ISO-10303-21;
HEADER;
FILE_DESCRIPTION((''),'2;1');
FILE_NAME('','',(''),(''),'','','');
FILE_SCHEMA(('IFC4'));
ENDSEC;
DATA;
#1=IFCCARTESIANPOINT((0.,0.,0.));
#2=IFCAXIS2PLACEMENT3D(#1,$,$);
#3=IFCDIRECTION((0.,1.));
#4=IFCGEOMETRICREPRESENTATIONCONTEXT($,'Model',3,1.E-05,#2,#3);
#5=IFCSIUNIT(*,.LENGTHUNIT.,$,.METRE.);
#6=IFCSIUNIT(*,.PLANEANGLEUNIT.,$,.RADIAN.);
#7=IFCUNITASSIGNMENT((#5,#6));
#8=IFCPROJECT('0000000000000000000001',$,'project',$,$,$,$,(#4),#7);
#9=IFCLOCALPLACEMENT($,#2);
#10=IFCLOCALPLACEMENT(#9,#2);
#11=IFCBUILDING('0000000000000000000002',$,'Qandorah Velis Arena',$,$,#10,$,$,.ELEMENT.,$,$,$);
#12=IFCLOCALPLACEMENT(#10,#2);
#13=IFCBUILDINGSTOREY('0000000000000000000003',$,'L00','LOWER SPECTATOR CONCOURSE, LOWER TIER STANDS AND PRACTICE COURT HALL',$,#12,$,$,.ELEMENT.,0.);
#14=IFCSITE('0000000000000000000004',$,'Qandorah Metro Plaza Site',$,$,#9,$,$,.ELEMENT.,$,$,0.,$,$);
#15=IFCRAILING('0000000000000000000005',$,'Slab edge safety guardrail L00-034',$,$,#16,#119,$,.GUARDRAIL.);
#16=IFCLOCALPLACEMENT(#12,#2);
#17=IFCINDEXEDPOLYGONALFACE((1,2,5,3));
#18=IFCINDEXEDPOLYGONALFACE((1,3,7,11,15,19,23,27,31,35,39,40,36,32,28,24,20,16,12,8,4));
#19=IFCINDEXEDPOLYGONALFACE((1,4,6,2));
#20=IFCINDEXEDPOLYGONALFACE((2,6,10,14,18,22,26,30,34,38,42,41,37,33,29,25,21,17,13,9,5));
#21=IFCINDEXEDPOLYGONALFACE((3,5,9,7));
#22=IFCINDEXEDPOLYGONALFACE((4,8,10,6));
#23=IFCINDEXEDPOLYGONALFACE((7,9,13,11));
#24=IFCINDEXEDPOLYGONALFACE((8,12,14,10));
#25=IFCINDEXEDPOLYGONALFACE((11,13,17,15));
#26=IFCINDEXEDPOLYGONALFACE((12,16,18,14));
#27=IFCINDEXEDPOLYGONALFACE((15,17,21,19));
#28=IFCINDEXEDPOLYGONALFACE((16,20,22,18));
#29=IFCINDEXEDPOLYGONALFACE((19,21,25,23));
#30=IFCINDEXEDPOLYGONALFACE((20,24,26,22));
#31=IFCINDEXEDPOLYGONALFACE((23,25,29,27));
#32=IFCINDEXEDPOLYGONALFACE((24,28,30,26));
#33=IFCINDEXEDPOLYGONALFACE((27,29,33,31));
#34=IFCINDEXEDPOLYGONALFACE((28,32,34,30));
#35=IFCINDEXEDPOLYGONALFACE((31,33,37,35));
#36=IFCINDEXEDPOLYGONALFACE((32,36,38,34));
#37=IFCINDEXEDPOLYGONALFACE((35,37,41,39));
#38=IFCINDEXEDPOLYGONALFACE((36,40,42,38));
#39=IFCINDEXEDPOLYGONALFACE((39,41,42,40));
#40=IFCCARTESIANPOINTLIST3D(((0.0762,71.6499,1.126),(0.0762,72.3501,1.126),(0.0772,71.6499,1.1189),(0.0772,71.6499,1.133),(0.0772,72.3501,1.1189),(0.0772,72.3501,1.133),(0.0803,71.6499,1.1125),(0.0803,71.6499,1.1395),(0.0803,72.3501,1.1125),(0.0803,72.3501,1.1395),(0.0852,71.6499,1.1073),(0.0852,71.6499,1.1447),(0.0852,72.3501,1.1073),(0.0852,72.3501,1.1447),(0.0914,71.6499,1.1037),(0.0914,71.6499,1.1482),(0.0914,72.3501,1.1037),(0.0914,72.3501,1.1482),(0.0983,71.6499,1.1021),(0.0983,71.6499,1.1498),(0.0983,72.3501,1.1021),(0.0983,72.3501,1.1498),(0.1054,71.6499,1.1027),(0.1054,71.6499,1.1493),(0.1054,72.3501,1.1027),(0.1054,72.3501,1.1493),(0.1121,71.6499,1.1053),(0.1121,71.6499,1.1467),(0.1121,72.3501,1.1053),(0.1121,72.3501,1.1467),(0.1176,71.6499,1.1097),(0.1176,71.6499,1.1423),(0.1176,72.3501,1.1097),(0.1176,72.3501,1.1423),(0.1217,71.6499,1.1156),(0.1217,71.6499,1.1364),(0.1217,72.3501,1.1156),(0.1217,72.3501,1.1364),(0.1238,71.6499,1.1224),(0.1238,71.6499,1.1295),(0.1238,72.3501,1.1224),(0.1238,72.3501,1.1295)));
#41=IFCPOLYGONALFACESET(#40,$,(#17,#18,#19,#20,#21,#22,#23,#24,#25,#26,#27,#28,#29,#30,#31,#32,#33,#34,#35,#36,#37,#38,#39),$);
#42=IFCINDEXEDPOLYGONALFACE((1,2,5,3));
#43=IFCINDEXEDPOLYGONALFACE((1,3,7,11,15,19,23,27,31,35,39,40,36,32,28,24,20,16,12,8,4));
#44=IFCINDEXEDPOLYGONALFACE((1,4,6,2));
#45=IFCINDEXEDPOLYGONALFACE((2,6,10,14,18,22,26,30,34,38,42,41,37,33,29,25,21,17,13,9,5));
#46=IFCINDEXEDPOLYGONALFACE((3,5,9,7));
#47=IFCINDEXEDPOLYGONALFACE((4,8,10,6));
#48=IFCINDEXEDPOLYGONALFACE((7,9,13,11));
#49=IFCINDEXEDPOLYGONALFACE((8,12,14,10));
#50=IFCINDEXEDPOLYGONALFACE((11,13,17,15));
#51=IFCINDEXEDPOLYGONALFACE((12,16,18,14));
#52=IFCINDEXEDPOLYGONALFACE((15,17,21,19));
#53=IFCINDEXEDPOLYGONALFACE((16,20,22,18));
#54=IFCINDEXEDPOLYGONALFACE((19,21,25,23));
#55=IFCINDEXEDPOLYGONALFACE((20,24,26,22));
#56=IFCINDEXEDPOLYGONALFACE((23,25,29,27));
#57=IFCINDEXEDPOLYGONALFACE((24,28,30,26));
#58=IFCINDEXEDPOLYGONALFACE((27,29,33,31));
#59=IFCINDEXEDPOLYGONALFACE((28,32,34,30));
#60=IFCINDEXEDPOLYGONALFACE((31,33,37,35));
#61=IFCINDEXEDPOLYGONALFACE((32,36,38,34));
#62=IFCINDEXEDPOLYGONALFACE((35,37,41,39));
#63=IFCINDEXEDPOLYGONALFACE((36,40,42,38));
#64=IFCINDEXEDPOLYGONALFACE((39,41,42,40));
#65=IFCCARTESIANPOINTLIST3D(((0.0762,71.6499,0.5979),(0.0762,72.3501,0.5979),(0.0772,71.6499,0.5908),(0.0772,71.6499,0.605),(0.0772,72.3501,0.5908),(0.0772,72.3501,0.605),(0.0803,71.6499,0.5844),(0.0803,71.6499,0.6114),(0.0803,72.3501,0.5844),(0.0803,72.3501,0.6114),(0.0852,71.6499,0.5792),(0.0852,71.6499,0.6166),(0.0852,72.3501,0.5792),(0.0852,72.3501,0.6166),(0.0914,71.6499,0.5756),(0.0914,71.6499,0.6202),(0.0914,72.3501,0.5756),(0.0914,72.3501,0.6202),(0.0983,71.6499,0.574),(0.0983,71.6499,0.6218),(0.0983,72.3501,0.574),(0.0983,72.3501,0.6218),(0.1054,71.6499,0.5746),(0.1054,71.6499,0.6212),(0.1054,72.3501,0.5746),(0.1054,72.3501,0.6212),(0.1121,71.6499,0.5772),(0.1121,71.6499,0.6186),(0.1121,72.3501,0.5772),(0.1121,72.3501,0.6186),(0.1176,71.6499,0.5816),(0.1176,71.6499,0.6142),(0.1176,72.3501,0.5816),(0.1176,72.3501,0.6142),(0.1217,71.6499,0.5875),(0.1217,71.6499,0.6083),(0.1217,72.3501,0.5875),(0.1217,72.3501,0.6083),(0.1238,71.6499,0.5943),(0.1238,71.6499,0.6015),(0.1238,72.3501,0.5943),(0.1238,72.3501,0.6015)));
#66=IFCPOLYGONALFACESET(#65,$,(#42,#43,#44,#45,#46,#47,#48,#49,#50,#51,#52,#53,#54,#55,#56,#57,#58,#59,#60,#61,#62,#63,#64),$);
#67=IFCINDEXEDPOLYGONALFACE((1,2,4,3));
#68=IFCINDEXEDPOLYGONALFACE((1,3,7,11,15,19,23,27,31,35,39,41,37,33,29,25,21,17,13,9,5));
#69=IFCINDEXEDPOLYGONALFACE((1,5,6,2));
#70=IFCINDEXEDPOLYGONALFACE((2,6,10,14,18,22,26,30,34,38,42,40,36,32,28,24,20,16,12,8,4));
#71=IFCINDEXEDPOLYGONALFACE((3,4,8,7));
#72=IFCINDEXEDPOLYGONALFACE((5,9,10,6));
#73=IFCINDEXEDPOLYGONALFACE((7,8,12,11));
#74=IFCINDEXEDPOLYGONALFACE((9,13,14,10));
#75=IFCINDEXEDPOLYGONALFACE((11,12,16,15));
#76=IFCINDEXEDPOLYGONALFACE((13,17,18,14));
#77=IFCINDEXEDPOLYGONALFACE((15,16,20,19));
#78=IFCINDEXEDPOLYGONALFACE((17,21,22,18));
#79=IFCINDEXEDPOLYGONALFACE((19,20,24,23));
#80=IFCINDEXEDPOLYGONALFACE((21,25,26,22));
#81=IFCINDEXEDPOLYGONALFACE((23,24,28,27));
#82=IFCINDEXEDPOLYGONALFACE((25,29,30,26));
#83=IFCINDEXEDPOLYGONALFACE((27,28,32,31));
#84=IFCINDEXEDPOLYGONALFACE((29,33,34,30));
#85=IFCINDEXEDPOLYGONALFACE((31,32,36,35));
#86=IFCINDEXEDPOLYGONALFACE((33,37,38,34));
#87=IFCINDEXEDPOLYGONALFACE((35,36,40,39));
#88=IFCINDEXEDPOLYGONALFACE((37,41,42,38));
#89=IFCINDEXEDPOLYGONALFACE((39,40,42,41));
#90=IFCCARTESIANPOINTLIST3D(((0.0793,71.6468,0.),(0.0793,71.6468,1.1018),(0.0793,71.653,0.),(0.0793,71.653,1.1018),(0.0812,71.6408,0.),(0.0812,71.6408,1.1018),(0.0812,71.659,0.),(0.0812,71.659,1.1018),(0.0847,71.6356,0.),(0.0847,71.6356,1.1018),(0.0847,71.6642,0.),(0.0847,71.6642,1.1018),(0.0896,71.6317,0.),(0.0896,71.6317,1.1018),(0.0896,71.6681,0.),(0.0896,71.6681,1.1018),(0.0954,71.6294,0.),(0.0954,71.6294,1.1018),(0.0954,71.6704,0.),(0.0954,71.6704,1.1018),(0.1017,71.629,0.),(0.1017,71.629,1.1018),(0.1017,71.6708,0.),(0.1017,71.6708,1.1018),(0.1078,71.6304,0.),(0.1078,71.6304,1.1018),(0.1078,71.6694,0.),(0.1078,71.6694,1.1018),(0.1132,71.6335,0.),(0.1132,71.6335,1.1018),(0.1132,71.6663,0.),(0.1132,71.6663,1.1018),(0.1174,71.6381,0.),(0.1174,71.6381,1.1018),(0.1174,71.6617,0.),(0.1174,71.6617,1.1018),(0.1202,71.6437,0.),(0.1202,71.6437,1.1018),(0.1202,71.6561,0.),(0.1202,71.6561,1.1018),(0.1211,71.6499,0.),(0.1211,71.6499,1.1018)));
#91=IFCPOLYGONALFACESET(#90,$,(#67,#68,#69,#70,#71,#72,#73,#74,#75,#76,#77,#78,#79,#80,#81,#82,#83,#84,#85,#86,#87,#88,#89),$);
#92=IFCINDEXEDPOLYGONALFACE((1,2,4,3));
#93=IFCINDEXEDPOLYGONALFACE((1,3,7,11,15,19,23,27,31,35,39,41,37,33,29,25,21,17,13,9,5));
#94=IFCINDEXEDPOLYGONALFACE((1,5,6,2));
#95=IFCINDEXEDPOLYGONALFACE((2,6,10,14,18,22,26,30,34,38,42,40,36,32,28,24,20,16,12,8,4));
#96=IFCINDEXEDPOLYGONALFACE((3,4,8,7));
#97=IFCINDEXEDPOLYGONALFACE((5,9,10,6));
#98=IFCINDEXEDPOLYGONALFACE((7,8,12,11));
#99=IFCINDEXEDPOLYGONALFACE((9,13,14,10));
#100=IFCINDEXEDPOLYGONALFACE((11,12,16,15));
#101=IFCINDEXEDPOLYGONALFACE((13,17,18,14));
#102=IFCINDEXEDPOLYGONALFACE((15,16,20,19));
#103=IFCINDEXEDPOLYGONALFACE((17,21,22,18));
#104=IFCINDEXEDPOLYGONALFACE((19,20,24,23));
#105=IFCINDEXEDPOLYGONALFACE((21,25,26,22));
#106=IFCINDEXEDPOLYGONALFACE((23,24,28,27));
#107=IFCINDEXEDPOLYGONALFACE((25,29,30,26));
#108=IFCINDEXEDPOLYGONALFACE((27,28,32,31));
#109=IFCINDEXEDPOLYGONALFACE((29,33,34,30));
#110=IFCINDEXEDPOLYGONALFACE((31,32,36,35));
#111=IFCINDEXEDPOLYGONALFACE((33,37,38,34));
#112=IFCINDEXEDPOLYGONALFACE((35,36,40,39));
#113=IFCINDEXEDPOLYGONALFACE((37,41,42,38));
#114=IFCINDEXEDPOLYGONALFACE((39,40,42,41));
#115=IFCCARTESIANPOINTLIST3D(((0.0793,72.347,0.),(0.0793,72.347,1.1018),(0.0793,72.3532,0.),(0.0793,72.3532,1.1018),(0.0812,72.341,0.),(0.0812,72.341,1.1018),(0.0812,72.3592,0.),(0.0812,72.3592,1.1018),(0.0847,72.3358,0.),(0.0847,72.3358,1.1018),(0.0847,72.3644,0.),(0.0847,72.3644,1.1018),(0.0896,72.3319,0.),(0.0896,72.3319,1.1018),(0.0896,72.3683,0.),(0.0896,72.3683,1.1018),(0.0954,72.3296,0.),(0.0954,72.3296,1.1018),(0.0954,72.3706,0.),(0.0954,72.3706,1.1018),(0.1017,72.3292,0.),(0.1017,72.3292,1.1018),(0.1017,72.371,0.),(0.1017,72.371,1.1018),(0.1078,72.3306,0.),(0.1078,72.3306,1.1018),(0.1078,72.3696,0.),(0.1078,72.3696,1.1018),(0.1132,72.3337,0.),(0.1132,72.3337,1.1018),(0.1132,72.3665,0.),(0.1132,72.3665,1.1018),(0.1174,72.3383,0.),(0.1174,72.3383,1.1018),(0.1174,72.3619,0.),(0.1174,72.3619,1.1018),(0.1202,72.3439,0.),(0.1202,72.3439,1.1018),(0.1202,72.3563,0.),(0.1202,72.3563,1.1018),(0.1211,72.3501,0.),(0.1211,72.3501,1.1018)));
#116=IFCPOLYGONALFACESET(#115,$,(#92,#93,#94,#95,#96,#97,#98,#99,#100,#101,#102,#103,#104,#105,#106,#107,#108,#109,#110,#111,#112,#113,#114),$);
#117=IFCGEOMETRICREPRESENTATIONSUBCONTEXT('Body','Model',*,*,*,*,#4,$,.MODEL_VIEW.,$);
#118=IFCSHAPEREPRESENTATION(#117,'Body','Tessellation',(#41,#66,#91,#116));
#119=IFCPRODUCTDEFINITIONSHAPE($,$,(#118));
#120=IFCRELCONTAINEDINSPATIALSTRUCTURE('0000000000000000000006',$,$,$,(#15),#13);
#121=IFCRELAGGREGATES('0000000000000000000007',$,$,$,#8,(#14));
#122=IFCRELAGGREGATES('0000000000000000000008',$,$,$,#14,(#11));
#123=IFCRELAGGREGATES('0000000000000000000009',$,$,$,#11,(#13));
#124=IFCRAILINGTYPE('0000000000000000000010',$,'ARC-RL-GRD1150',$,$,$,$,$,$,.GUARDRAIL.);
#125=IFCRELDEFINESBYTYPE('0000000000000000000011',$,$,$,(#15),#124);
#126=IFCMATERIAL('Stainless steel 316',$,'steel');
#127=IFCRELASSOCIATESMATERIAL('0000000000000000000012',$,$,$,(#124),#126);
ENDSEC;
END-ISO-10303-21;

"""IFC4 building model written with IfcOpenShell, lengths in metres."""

from ifc_helpers import new_model, si_unit, direction, frame, origin, origin_2d, place, context, subcontext, project, spatial, circle, extrude, material, type_object, element, save


model = new_model("IFC4")

# Units and contexts
model_context = context("Model", 3, precision=1e-05, world=origin(), true_north=direction((0.0, 1.0)))
body_context = subcontext(model_context, "Body", "Model", "MODEL_VIEW")
ifc_project = project(units=[si_unit("LENGTHUNIT", "METRE"), si_unit("PLANEANGLEUNIT", "RADIAN")], contexts=[model_context])

# Site, building, storey
site_placement = place(None, origin())
site = spatial("IfcSite", under=ifc_project, at=site_placement, Name="Qandorah Metro Plaza Site", CompositionType="ELEMENT", RefElevation=0.0)
building_placement = place(site_placement, origin())
building = spatial("IfcBuilding", under=site, at=building_placement, Name="Qandorah Velis Arena", CompositionType="ELEMENT")
storey_placement = place(building_placement, origin())
storey = spatial("IfcBuildingStorey", under=building, at=storey_placement, Name="L00", Description="LOWER SPECTATOR CONCOURSE, LOWER TIER STANDS AND PRACTICE COURT HALL", CompositionType="ELEMENT", Elevation=0.0)

# Railing
ifc_material_1 = material(Name="Stainless steel 316", Category="steel")
railing_type = type_object("IfcRailingType", Name="ARC-RL-GRD1150", PredefinedType="GUARDRAIL", material=ifc_material_1)
railing_1_placement = place(storey_placement, frame((0.1001, 71.6499, 0.0)))
element("IfcRailing", 1, at=railing_1_placement, inside=storey, type_object=railing_type, Name="Slab edge safety guardrail L00-034", PredefinedType="GUARDRAIL", context=body_context, shape_type="SweptSolid", body=[
    extrude(circle(Radius=0.0239, at=origin_2d()), frame((0.0, 0.0, 1.126), z_axis=(0.0, 1.0, 0.0), x_axis=(-1.0, 0.0, 0.0)), (0.0, 0.0, 1.0), 0.7002),
    extrude(circle(Radius=0.0239, at=origin_2d()), frame((0.0, 0.0, 0.5979), z_axis=(0.0, 1.0, 0.0), x_axis=(-1.0, 0.0, 0.0)), (0.0, 0.0, 1.0), 0.7002),
    extrude(circle(Radius=0.021, at=origin_2d()), origin(), (0.0, 0.0, 1.0), 1.1018),
    extrude(circle(Radius=0.021, at=origin_2d()), frame((0.0, 0.7002, 0.0)), (0.0, 0.0, 1.0), 1.1018),
])

save(model, "model.ifc")
